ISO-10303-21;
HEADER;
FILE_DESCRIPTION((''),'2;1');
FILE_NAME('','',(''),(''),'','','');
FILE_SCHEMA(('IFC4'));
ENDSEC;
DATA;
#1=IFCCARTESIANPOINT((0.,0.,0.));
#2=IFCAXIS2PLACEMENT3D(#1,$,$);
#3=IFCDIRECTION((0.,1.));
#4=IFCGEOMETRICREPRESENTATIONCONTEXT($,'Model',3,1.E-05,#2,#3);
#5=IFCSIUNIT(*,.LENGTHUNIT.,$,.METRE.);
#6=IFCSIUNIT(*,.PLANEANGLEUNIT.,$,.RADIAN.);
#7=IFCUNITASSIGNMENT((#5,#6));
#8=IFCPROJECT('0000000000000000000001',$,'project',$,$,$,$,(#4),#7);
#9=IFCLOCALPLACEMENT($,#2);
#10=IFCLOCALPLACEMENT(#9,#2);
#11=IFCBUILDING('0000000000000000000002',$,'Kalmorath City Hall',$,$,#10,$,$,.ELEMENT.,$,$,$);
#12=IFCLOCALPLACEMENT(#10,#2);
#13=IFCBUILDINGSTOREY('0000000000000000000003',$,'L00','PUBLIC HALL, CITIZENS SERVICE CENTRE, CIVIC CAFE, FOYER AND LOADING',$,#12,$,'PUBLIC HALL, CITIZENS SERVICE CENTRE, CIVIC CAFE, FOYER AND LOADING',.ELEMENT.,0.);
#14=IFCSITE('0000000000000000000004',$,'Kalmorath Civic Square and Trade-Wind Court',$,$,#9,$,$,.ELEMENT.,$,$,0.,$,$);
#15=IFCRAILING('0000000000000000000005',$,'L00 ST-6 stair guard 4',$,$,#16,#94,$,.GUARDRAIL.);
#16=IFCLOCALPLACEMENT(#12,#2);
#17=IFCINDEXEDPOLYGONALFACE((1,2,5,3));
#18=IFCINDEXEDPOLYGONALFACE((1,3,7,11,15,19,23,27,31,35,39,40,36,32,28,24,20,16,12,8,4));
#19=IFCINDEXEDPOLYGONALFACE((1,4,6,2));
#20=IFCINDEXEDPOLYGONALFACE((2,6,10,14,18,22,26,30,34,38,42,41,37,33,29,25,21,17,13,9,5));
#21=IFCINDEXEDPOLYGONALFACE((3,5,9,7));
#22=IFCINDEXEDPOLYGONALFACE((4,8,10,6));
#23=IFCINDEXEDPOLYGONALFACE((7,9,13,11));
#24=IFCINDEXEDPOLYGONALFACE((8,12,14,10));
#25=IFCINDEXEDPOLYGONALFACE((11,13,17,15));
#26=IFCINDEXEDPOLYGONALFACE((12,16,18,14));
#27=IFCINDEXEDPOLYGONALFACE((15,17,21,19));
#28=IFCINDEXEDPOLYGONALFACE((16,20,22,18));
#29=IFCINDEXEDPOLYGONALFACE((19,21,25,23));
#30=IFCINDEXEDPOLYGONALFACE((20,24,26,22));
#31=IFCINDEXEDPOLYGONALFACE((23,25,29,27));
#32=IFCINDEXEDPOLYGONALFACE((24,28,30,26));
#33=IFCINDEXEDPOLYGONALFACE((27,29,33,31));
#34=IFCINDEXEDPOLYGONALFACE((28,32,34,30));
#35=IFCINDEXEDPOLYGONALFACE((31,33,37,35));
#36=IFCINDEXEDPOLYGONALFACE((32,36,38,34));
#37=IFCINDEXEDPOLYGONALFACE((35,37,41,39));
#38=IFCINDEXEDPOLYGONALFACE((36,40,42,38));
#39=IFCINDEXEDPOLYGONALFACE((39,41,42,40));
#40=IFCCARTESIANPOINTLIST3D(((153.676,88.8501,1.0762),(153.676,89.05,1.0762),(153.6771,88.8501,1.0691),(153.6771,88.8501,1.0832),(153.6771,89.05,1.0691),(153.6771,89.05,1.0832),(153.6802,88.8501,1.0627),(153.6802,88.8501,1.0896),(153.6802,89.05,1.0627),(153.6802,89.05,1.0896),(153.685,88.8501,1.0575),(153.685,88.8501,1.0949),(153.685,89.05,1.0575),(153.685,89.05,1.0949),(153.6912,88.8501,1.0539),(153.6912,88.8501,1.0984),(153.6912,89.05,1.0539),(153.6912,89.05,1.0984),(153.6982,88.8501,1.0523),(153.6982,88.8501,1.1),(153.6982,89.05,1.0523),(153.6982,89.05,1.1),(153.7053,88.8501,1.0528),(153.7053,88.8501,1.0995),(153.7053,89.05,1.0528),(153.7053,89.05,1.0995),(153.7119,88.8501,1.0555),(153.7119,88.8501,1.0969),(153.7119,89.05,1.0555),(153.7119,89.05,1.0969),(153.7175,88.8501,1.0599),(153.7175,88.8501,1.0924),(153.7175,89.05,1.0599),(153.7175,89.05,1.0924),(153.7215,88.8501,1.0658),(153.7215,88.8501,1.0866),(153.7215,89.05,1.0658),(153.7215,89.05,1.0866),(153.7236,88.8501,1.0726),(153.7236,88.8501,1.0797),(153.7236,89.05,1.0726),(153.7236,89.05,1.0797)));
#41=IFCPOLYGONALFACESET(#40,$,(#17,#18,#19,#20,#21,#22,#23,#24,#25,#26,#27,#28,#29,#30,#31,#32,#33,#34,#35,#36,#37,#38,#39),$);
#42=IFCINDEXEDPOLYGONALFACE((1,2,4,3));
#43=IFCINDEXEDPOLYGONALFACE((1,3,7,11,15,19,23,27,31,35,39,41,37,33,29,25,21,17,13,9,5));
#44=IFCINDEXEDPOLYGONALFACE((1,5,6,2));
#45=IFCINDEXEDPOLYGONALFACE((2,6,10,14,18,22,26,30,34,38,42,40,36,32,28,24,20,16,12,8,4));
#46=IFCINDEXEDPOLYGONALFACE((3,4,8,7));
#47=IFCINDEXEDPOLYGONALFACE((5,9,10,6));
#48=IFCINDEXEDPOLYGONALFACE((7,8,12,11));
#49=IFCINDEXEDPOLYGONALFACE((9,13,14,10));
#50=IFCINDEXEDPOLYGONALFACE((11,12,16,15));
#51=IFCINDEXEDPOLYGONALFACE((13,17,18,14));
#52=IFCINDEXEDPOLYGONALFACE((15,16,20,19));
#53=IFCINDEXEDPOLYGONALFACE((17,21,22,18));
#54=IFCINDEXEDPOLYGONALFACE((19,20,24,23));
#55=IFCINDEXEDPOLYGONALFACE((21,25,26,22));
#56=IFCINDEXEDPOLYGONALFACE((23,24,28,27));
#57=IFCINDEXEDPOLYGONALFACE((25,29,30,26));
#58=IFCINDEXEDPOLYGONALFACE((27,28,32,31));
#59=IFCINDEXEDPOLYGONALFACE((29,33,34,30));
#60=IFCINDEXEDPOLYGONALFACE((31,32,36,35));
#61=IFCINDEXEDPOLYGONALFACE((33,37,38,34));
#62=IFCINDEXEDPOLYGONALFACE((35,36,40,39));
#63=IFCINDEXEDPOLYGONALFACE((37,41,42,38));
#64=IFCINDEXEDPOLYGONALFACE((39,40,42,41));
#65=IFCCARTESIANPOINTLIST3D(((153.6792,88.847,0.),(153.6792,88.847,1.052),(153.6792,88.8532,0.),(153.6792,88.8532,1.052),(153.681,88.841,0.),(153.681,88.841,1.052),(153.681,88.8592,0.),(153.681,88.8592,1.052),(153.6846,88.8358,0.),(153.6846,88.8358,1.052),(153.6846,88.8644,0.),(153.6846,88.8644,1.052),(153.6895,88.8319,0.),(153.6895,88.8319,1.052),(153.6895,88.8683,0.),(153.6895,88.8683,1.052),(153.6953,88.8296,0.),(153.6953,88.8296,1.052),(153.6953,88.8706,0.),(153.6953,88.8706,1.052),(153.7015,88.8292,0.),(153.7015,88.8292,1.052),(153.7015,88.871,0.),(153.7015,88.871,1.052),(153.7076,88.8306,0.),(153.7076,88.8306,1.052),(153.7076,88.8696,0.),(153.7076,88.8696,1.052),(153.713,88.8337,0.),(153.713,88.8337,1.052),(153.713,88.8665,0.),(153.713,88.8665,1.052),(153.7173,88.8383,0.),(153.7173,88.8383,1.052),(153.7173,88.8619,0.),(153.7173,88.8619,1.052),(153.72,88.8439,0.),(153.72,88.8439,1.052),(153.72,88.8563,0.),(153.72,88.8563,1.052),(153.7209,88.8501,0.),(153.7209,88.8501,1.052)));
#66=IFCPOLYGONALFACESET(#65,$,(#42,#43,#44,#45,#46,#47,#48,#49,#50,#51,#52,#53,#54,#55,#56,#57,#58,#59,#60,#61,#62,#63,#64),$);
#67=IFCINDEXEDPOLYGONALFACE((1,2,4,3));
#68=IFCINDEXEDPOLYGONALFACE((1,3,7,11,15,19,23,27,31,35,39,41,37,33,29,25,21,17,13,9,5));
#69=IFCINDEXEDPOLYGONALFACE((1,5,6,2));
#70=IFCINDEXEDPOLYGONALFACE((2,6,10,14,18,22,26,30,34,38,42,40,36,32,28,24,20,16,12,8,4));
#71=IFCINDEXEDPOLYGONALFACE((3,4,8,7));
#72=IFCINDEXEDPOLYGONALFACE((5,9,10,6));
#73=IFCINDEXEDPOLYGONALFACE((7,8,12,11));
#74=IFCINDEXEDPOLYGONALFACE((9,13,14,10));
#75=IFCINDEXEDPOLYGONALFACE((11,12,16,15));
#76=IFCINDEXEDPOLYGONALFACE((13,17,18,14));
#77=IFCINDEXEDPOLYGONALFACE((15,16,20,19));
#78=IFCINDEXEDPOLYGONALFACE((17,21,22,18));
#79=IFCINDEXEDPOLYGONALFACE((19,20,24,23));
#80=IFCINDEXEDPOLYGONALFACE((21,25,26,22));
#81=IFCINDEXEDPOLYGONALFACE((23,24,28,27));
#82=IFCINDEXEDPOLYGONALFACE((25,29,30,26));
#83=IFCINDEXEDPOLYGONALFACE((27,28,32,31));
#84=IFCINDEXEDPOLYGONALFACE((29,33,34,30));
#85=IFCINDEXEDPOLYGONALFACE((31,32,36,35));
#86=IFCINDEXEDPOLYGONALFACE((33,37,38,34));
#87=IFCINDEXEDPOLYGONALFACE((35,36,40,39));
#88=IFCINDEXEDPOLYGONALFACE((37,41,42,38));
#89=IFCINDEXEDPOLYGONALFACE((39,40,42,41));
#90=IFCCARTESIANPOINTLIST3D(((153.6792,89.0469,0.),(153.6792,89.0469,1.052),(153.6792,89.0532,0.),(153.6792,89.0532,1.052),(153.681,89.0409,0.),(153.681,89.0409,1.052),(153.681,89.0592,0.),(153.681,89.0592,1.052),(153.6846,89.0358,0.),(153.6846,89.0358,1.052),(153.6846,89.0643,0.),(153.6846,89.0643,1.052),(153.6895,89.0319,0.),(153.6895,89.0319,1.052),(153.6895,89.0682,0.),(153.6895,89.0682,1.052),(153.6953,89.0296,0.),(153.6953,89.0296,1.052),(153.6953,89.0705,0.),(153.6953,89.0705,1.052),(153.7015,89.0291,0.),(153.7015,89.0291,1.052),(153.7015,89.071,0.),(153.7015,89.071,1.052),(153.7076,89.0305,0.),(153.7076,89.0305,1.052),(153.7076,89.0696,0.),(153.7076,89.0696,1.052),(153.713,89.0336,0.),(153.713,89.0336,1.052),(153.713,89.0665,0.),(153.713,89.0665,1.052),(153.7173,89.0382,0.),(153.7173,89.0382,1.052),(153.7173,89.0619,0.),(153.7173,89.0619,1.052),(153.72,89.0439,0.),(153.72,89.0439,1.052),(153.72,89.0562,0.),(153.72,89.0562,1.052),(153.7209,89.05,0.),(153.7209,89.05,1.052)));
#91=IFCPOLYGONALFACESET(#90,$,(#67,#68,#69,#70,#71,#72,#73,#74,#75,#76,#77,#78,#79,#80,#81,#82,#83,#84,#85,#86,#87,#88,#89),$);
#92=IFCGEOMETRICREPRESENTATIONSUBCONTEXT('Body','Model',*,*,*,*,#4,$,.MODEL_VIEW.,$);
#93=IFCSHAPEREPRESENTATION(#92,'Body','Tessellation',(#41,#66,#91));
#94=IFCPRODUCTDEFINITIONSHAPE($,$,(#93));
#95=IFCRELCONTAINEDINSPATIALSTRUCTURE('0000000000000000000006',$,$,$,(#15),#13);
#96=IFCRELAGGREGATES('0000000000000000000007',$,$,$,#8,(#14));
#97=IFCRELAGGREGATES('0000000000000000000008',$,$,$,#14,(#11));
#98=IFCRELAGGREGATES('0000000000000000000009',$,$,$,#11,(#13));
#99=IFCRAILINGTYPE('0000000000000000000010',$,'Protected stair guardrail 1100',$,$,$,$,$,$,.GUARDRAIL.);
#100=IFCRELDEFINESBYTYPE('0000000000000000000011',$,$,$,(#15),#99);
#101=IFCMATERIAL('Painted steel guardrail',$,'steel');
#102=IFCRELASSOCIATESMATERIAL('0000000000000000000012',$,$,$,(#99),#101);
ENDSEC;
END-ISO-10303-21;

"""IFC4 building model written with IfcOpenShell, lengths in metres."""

from ifc_helpers import new_model, si_unit, direction, frame, origin, origin_2d, place, context, subcontext, project, spatial, circle, extrude, material, type_object, element, save


model = new_model("IFC4")

# Units and contexts
model_context = context("Model", 3, precision=1e-05, world=origin(), true_north=direction((0.0, 1.0)))
body_context = subcontext(model_context, "Body", "Model", "MODEL_VIEW")
ifc_project = project(units=[si_unit("LENGTHUNIT", "METRE"), si_unit("PLANEANGLEUNIT", "RADIAN")], contexts=[model_context])

# Site, building, storey
site_placement = place(None, origin())
site = spatial("IfcSite", under=ifc_project, at=site_placement, Name="Kalmorath Civic Square and Trade-Wind Court", CompositionType="ELEMENT", RefElevation=0.0)
building_placement = place(site_placement, origin())
building = spatial("IfcBuilding", under=site, at=building_placement, Name="Kalmorath City Hall", CompositionType="ELEMENT")
storey_placement = place(building_placement, origin())
storey = spatial("IfcBuildingStorey", under=building, at=storey_placement, Name="L00", Description="PUBLIC HALL, CITIZENS SERVICE CENTRE, CIVIC CAFE, FOYER AND LOADING", LongName="PUBLIC HALL, CITIZENS SERVICE CENTRE, CIVIC CAFE, FOYER AND LOADING", CompositionType="ELEMENT", Elevation=0.0)

# Railing
ifc_material_1 = material(Name="Painted steel guardrail", Category="steel")
railing_type_1 = type_object("IfcRailingType", Name="Protected stair guardrail 1100", PredefinedType="GUARDRAIL", material=ifc_material_1)
railing_1_placement = place(storey_placement, frame((153.7, 88.8501, 0.0)))
element("IfcRailing", 1, at=railing_1_placement, inside=storey, type_object=railing_type_1, Name="L00 ST-6 stair guard 4", PredefinedType="GUARDRAIL", context=body_context, shape_type="SweptSolid", body=[
    extrude(circle(Radius=0.0239, at=origin_2d()), frame((0.0, 0.0, 1.0762), z_axis=(0.0, 1.0, 0.0), x_axis=(-1.0, 0.0, 0.0)), (0.0, 0.0, 1.0), 0.2),
    extrude(circle(Radius=0.021, at=origin_2d()), origin(), (0.0, 0.0, 1.0), 1.052),
    extrude(circle(Radius=0.021, at=origin_2d()), frame((0.0, 0.2, 0.0)), (0.0, 0.0, 1.0), 1.052),
])

save(model, "model.ifc")
